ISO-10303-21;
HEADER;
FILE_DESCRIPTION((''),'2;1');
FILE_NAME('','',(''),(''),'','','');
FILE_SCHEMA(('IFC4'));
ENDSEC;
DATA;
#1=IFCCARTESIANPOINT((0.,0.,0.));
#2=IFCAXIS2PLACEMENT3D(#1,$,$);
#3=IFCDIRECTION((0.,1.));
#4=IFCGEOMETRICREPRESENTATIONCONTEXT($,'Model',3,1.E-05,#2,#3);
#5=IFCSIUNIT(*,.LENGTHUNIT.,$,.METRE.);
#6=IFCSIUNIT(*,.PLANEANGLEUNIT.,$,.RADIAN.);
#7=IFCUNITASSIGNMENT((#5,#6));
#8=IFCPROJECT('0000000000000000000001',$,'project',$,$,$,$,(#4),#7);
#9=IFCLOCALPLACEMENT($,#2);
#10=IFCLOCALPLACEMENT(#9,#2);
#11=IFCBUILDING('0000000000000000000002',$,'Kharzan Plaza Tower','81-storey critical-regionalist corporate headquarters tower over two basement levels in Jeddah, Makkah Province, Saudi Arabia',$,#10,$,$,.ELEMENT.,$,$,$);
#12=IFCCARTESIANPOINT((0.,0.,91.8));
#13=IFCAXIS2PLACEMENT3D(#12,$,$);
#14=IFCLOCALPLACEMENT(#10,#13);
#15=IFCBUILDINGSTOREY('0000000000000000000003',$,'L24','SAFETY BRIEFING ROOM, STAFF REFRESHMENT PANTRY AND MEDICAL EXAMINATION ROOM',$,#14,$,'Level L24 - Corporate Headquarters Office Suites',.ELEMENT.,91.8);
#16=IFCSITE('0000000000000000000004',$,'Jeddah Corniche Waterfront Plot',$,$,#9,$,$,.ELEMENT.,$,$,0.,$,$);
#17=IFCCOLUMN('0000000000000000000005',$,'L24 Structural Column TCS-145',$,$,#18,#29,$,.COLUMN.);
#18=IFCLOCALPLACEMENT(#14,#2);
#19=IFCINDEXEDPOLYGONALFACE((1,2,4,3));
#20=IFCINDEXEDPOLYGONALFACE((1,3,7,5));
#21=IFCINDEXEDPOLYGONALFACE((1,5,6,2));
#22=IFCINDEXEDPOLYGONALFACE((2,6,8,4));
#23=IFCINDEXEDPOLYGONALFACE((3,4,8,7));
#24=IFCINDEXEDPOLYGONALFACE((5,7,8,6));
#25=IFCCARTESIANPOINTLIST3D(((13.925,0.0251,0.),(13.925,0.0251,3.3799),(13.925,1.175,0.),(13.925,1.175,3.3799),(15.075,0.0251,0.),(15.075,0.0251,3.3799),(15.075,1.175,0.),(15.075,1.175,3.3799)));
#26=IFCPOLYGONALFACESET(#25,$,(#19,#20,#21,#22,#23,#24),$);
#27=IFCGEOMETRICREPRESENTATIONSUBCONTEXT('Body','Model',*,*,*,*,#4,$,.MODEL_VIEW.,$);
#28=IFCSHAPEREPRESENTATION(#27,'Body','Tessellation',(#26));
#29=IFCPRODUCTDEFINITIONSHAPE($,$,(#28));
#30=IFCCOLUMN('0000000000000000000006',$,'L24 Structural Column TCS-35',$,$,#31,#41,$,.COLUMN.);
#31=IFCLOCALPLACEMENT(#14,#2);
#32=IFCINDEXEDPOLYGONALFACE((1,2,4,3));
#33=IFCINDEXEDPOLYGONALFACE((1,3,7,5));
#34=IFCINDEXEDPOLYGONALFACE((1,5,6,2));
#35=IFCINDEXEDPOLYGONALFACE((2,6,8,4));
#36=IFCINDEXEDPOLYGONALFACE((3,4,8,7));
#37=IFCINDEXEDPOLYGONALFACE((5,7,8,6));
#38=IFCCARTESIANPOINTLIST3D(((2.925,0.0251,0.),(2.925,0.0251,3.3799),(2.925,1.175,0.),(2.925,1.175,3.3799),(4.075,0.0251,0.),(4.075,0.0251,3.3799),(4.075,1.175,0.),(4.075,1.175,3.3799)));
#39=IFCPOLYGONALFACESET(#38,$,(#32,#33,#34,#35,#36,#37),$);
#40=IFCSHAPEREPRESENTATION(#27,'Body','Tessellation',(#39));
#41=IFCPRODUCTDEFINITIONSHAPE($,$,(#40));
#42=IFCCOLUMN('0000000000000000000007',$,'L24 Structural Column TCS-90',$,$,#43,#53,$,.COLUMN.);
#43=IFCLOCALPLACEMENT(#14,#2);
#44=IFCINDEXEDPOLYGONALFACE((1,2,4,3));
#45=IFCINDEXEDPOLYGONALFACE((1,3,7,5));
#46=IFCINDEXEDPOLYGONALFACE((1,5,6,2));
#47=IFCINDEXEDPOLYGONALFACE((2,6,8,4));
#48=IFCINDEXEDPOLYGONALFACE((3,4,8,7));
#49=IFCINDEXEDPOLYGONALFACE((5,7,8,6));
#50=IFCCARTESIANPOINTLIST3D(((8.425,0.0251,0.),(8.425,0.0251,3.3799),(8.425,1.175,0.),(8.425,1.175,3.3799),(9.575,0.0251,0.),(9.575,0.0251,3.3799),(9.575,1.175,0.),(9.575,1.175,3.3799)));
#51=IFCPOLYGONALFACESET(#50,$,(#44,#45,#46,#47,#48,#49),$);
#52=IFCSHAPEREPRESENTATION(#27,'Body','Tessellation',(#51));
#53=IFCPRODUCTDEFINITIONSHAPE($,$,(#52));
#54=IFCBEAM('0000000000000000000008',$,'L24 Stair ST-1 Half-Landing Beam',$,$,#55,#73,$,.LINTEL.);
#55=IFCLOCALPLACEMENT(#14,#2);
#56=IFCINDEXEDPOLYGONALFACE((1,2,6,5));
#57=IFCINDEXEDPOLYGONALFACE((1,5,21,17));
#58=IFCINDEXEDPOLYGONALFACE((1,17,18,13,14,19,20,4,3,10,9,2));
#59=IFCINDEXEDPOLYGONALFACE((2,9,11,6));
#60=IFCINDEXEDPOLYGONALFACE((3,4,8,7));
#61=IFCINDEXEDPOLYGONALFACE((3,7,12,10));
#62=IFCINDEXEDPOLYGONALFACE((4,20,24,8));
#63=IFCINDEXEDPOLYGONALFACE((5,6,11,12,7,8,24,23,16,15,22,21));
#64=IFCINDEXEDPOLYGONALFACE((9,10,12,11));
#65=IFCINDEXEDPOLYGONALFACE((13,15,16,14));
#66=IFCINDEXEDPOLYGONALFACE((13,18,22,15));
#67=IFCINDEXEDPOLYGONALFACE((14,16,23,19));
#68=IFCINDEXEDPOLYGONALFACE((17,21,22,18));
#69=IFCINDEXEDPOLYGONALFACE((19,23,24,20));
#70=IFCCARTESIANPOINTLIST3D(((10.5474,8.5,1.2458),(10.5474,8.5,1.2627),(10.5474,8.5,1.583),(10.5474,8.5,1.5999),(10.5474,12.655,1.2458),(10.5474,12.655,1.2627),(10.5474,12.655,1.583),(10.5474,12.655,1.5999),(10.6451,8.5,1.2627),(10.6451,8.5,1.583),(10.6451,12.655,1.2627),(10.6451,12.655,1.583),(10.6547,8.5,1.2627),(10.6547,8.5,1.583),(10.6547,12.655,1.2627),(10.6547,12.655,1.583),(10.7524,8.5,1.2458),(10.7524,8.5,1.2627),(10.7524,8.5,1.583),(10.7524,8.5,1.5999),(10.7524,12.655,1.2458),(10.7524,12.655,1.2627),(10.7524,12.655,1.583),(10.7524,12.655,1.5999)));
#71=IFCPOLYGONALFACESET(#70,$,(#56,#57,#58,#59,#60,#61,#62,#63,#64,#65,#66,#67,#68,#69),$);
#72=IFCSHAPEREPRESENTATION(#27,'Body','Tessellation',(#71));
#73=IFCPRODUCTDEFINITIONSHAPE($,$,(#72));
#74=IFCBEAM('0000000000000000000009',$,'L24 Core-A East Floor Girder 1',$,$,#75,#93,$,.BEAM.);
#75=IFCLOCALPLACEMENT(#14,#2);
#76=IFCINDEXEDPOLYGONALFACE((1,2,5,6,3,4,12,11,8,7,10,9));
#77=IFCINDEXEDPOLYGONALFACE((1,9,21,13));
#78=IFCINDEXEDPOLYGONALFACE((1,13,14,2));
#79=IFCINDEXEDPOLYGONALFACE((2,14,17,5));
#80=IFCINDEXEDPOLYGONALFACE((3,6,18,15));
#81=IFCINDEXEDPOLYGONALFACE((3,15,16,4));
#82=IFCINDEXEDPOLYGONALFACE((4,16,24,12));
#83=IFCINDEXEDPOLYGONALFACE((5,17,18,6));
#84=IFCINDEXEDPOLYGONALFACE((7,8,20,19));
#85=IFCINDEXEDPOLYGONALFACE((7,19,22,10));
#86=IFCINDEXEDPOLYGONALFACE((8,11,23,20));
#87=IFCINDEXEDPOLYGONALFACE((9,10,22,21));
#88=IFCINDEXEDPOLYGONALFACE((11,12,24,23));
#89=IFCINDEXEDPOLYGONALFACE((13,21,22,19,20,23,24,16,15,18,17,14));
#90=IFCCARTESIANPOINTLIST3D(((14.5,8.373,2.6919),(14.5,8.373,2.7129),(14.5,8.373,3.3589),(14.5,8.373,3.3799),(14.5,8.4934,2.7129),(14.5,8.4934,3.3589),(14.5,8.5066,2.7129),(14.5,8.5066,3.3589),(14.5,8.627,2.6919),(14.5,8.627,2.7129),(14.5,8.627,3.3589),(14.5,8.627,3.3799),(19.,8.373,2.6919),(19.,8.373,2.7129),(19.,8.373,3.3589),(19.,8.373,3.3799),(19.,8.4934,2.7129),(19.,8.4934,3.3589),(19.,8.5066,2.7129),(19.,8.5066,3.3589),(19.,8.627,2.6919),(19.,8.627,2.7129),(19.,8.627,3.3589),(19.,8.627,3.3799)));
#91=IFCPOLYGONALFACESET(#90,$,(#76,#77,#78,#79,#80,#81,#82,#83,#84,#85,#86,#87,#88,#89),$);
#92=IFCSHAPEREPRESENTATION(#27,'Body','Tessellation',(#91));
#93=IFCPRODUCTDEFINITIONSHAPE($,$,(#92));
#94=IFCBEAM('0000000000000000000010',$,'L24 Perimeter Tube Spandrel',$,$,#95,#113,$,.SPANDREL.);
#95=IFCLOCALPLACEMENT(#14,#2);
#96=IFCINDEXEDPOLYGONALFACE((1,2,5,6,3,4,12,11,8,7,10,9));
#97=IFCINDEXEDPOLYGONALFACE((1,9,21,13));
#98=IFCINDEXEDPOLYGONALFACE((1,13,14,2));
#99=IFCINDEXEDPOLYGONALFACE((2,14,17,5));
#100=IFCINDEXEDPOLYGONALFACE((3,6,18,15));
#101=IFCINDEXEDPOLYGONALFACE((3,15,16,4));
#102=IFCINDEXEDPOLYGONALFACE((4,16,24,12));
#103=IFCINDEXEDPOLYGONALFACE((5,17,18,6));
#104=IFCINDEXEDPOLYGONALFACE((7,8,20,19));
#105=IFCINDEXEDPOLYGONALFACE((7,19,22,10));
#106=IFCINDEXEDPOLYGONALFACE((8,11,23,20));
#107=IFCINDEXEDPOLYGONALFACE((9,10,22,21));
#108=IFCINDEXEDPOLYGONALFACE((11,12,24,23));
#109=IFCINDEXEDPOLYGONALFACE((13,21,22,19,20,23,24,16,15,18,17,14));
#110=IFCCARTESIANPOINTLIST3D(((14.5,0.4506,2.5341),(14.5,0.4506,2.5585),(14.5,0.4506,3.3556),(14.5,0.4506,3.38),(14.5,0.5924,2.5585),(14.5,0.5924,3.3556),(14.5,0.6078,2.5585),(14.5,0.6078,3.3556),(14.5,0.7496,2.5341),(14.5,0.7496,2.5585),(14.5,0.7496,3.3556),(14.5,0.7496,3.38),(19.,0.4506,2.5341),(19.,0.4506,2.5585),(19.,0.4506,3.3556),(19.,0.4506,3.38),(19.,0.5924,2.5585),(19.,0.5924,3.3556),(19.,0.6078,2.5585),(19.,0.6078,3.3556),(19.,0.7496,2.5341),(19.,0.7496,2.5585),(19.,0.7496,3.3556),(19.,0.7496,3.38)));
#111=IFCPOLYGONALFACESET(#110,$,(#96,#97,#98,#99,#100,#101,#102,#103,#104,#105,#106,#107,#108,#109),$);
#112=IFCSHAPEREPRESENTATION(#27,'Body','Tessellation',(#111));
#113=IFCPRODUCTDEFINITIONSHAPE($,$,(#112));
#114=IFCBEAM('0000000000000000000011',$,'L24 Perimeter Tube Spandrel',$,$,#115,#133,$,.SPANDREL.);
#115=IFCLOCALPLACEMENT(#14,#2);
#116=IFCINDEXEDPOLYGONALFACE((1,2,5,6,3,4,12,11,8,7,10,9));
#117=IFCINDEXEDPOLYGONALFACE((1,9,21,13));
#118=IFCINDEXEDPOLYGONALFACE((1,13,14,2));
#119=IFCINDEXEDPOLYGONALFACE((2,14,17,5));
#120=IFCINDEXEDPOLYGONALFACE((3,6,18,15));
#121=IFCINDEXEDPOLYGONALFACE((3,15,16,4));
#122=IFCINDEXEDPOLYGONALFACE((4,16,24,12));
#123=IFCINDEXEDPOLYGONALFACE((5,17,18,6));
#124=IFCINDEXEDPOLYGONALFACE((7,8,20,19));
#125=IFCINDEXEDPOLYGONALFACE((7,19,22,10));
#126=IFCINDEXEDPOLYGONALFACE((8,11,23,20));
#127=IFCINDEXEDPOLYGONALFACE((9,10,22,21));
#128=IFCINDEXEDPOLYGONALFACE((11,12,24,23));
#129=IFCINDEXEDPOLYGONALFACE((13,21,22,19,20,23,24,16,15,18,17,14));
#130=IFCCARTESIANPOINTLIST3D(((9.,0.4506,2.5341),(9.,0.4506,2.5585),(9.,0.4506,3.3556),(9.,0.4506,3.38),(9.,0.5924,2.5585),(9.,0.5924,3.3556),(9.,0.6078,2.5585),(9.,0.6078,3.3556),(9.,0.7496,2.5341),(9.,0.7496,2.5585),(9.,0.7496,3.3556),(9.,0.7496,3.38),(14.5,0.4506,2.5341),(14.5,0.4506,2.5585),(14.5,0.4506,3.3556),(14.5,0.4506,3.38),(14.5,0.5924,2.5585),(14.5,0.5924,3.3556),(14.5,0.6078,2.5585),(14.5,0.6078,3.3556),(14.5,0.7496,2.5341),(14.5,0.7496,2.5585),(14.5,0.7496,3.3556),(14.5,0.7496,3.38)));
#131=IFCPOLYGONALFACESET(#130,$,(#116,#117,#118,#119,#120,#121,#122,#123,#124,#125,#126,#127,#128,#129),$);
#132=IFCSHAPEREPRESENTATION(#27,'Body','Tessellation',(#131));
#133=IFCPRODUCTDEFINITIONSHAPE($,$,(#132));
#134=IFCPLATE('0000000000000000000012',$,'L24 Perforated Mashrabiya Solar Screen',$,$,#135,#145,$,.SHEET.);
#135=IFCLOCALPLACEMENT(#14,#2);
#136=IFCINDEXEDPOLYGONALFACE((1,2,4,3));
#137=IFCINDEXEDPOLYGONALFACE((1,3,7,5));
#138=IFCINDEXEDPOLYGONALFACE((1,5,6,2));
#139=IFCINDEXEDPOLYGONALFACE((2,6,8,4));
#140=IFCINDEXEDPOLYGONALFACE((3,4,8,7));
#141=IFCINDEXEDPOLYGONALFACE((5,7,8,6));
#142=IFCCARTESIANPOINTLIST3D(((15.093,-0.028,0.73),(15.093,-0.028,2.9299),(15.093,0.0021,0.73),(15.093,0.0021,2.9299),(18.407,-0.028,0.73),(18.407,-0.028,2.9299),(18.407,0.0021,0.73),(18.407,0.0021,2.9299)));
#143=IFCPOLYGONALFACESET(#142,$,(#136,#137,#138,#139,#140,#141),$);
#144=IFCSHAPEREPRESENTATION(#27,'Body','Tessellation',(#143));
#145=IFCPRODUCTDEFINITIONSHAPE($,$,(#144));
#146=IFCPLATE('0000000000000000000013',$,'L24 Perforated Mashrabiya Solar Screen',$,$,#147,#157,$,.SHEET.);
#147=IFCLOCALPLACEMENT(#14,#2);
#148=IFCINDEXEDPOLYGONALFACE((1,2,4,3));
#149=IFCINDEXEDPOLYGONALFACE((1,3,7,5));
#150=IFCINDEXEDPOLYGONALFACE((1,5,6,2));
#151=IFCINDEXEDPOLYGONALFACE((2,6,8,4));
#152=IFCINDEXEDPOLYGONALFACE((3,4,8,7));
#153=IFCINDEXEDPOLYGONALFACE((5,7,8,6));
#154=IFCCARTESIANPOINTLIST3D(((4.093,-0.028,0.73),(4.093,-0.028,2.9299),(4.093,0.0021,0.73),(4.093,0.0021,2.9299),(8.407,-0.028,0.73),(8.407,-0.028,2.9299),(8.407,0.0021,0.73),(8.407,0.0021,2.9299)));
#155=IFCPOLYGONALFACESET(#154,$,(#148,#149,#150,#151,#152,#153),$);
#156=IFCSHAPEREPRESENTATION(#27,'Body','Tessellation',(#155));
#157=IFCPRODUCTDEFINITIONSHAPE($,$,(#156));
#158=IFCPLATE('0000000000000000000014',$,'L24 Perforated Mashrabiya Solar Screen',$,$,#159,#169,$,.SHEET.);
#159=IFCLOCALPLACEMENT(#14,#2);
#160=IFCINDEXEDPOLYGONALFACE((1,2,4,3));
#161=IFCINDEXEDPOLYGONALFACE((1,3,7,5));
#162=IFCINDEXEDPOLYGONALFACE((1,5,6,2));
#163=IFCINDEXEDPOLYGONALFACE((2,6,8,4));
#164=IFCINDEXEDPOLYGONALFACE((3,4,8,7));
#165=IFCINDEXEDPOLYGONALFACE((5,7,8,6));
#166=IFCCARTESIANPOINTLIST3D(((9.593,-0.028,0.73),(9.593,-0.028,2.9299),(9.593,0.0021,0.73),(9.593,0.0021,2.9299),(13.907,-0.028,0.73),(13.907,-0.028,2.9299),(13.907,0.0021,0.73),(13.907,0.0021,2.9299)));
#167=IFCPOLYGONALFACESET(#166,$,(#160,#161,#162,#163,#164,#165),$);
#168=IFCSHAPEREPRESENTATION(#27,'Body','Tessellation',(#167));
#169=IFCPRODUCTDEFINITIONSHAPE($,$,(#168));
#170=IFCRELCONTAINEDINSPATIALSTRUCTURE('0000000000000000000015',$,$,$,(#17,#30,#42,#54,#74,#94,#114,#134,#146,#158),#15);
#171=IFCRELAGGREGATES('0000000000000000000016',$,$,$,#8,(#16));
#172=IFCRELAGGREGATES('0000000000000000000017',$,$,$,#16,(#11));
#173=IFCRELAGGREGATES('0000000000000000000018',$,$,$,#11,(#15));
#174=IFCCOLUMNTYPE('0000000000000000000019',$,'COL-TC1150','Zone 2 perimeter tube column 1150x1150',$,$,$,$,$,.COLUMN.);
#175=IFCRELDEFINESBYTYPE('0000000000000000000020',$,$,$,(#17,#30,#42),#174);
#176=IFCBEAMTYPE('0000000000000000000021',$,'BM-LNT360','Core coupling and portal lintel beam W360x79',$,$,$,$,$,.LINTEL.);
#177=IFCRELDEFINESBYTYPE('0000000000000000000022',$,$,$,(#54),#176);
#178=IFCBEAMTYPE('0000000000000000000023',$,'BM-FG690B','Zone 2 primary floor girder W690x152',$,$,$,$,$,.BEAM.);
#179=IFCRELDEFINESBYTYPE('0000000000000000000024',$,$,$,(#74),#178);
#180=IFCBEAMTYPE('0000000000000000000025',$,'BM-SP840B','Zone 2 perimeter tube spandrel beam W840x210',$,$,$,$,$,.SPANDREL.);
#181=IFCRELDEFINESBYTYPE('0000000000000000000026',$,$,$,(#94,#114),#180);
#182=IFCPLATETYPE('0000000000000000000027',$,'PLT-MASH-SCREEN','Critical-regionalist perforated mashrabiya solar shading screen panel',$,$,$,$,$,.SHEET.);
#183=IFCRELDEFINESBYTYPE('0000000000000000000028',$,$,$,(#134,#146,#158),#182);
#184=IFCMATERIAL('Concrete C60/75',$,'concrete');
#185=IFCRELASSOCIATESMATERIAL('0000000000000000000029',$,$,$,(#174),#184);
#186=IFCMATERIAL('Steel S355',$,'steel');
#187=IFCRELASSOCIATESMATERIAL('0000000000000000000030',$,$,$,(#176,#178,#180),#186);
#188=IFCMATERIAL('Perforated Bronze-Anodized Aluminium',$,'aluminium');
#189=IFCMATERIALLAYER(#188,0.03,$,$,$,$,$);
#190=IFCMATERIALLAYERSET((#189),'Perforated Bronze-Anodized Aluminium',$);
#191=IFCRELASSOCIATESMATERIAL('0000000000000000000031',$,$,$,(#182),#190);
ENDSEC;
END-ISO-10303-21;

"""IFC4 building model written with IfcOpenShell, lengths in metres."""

from ifc_helpers import new_model, si_unit, direction, frame, origin, origin_2d, place, context, subcontext, project, spatial, rectangle, i_section, extrude, source, transform, mapped, material, layer, layer_set, material_profile, profile_set, type_object, element, save


model = new_model("IFC4")

# Units and contexts
model_context = context("Model", 3, precision=1e-05, world=origin(), true_north=direction((0.0, 1.0)))
body_context = subcontext(model_context, "Body", "Model", "MODEL_VIEW")
ifc_project = project(units=[si_unit("LENGTHUNIT", "METRE"), si_unit("PLANEANGLEUNIT", "RADIAN")], contexts=[model_context])

# Site, building, storey
site_placement = place(None, origin())
site = spatial("IfcSite", under=ifc_project, at=site_placement, Name="Jeddah Corniche Waterfront Plot", CompositionType="ELEMENT", RefElevation=0.0)
building_placement = place(site_placement, origin())
building = spatial("IfcBuilding", under=site, at=building_placement, Name="Kharzan Plaza Tower", Description="81-storey critical-regionalist corporate headquarters tower over two basement levels in Jeddah, Makkah Province, Saudi Arabia", CompositionType="ELEMENT")
storey_placement = place(building_placement, frame((0.0, 0.0, 91.8)))
storey = spatial("IfcBuildingStorey", under=building, at=storey_placement, Name="L24", Description="SAFETY BRIEFING ROOM, STAFF REFRESHMENT PANTRY AND MEDICAL EXAMINATION ROOM", LongName="Level L24 - Corporate Headquarters Office Suites", CompositionType="ELEMENT", Elevation=91.8)

# Columns
ifc_material_1 = material(Name="Concrete C60/75", Category="concrete")
ifc_material_profile_1 = material_profile(ifc_material_1, rectangle(XDim=1.1499, YDim=1.1499, at=origin_2d()), Name="RC-TC1150x1150")
ifc_profile_set_1 = profile_set([ifc_material_profile_1], Name="Concrete C60/75")
column_type = type_object("IfcColumnType", Name="COL-TC1150", Description="Zone 2 perimeter tube column 1150x1150", PredefinedType="COLUMN", material=ifc_profile_set_1)
shared_shape_1 = source(origin(), body_context, "Body", "SweptSolid", [
    extrude(rectangle(XDim=1.1499, YDim=1.1499, at=origin_2d()), origin(), (0.0, 0.0, 1.0), 3.3799),
])
for number, where, z_axis, x_axis, name in (
    (1, (14.5, 0.6001, 0.0), (0.0, 0.0, 1.0), (1.0, 0.0, 0.0), "L24 Structural Column TCS-145"),
    (2, (3.5, 0.6001, 0.0), (0.0, 0.0, 1.0), (1.0, 0.0, 0.0), "L24 Structural Column TCS-35"),
    (3, (9.0, 0.6001, 0.0), (0.0, 0.0, 1.0), (1.0, 0.0, 0.0), "L24 Structural Column TCS-90"),
):
    element("IfcColumn", number, at=place(storey_placement, frame(where, z_axis=z_axis, x_axis=x_axis)), inside=storey, type_object=column_type, Name=name, PredefinedType="COLUMN", context=body_context, shape_type="MappedRepresentation", body=[
        mapped(shared_shape_1, transform((0.0, 0.0, 0.0), x_axis=(1.0, 0.0, 0.0), y_axis=(0.0, 1.0, 0.0), z_axis=(0.0, 0.0, 1.0))),
    ])

# Beams
ifc_material_2 = material(Name="Steel S355", Category="steel")
ifc_material_profile_2 = material_profile(ifc_material_2, i_section(OverallWidth=0.2051, OverallDepth=0.354, WebThickness=0.0095, FlangeThickness=0.0168, at=origin_2d()), Name="W360x79")
ifc_profile_set_2 = profile_set([ifc_material_profile_2], Name="Steel S355")
beam_type_1 = type_object("IfcBeamType", Name="BM-LNT360", Description="Core coupling and portal lintel beam W360x79", PredefinedType="LINTEL", material=ifc_profile_set_2)
shared_shape_2 = source(origin(), body_context, "Body", "SweptSolid", [
    extrude(i_section(OverallWidth=0.2051, OverallDepth=0.354, WebThickness=0.0095, FlangeThickness=0.0168, at=origin_2d()), origin(), (0.0, 0.0, 1.0), 4.155),
])
beam_1_placement = place(storey_placement, frame((10.6499, 8.5, 1.4229), z_axis=(0.0, 1.0, 0.0), x_axis=(-1.0, 0.0, 0.0)))
element("IfcBeam", 4, at=beam_1_placement, inside=storey, type_object=beam_type_1, Name="L24 Stair ST-1 Half-Landing Beam", PredefinedType="LINTEL", context=body_context, shape_type="MappedRepresentation", body=[
    mapped(shared_shape_2, transform((0.0, 0.0, 0.0), x_axis=(1.0, 0.0, 0.0), y_axis=(0.0, 1.0, 0.0), z_axis=(0.0, 0.0, 1.0))),
])
ifc_material_profile_3 = material_profile(ifc_material_2, i_section(OverallWidth=0.2539, OverallDepth=0.688, WebThickness=0.0132, FlangeThickness=0.021, at=origin_2d()), Name="W690x152")
ifc_profile_set_3 = profile_set([ifc_material_profile_3], Name="Steel S355")
beam_type_2 = type_object("IfcBeamType", Name="BM-FG690B", Description="Zone 2 primary floor girder W690x152", PredefinedType="BEAM", material=ifc_profile_set_3)
shared_shape_3 = source(origin(), body_context, "Body", "SweptSolid", [
    extrude(i_section(OverallWidth=0.2539, OverallDepth=0.688, WebThickness=0.0132, FlangeThickness=0.021, at=origin_2d()), origin(), (0.0, 0.0, 1.0), 4.5),
])
beam_2_placement = place(storey_placement, frame((14.5, 8.5, 3.0359), z_axis=(1.0, 0.0, 0.0), x_axis=(0.0, 1.0, 0.0)))
element("IfcBeam", 5, at=beam_2_placement, inside=storey, type_object=beam_type_2, Name="L24 Core-A East Floor Girder 1", PredefinedType="BEAM", context=body_context, shape_type="MappedRepresentation", body=[
    mapped(shared_shape_3, transform((0.0, 0.0, 0.0), x_axis=(1.0, 0.0, 0.0), y_axis=(0.0, 1.0, 0.0), z_axis=(0.0, 0.0, 1.0))),
])
ifc_material_profile_4 = material_profile(ifc_material_2, i_section(OverallWidth=0.2991, OverallDepth=0.8459, WebThickness=0.0154, FlangeThickness=0.0244, at=origin_2d()), Name="W840x210")
ifc_profile_set_4 = profile_set([ifc_material_profile_4], Name="Steel S355")
beam_type_3 = type_object("IfcBeamType", Name="BM-SP840B", Description="Zone 2 perimeter tube spandrel beam W840x210", PredefinedType="SPANDREL", material=ifc_profile_set_4)
shared_shape_4 = source(origin(), body_context, "Body", "SweptSolid", [
    extrude(i_section(OverallWidth=0.2991, OverallDepth=0.8459, WebThickness=0.0154, FlangeThickness=0.0244, at=origin_2d()), origin(), (0.0, 0.0, 1.0), 4.5),
])
beam_3_placement = place(storey_placement, frame((14.5, 0.6001, 2.957), z_axis=(1.0, 0.0, 0.0), x_axis=(0.0, 1.0, 0.0)))
element("IfcBeam", 6, at=beam_3_placement, inside=storey, type_object=beam_type_3, Name="L24 Perimeter Tube Spandrel", PredefinedType="SPANDREL", context=body_context, shape_type="MappedRepresentation", body=[
    mapped(shared_shape_4, transform((0.0, 0.0, 0.0), x_axis=(1.0, 0.0, 0.0), y_axis=(0.0, 1.0, 0.0), z_axis=(0.0, 0.0, 1.0))),
])
shared_shape_5 = source(origin(), body_context, "Body", "SweptSolid", [
    extrude(i_section(OverallWidth=0.2991, OverallDepth=0.8459, WebThickness=0.0154, FlangeThickness=0.0244, at=origin_2d()), origin(), (0.0, 0.0, 1.0), 5.5),
])
beam_4_placement = place(storey_placement, frame((9.0, 0.6001, 2.957), z_axis=(1.0, 0.0, 0.0), x_axis=(0.0, 1.0, 0.0)))
element("IfcBeam", 7, at=beam_4_placement, inside=storey, type_object=beam_type_3, Name="L24 Perimeter Tube Spandrel", PredefinedType="SPANDREL", context=body_context, shape_type="MappedRepresentation", body=[
    mapped(shared_shape_5, transform((0.0, 0.0, 0.0), x_axis=(1.0, 0.0, 0.0), y_axis=(0.0, 1.0, 0.0), z_axis=(0.0, 0.0, 1.0))),
])

# Plates
ifc_material_3 = material(Name="Perforated Bronze-Anodized Aluminium", Category="aluminium")
ifc_layer_1 = layer(ifc_material_3, 0.03)
ifc_layer_set_1 = layer_set([ifc_layer_1], Name="Perforated Bronze-Anodized Aluminium")
plate_type = type_object("IfcPlateType", Name="PLT-MASH-SCREEN", Description="Critical-regionalist perforated mashrabiya solar shading screen panel", PredefinedType="SHEET", material=ifc_layer_set_1)
shared_shape_6 = source(origin(), body_context, "Body", "SweptSolid", [
    extrude(rectangle(XDim=3.314, YDim=0.03, at=origin_2d()), origin(), (0.0, 0.0, 1.0), 2.2),
])
plate_placement = place(storey_placement, frame((16.75, -0.0129, 0.73), z_axis=(0.0, 0.0, 1.0), x_axis=(1.0, 0.0, 0.0)))
element("IfcPlate", 8, at=plate_placement, inside=storey, type_object=plate_type, Name="L24 Perforated Mashrabiya Solar Screen", PredefinedType="SHEET", context=body_context, shape_type="MappedRepresentation", body=[
    mapped(shared_shape_6, transform((0.0, 0.0, 0.0), x_axis=(1.0, 0.0, 0.0), y_axis=(0.0, 1.0, 0.0), z_axis=(0.0, 0.0, 1.0))),
])
shared_shape_7 = source(origin(), body_context, "Body", "SweptSolid", [
    extrude(rectangle(XDim=4.314, YDim=0.03, at=origin_2d()), origin(), (0.0, 0.0, 1.0), 2.2),
])
for number, where, z_axis, x_axis, name in (
    (9, (6.25, -0.0129, 0.73), (0.0, 0.0, 1.0), (1.0, 0.0, 0.0), "L24 Perforated Mashrabiya Solar Screen"),
    (10, (11.75, -0.0129, 0.73), (0.0, 0.0, 1.0), (1.0, 0.0, 0.0), "L24 Perforated Mashrabiya Solar Screen"),
):
    element("IfcPlate", number, at=place(storey_placement, frame(where, z_axis=z_axis, x_axis=x_axis)), inside=storey, type_object=plate_type, Name=name, PredefinedType="SHEET", context=body_context, shape_type="MappedRepresentation", body=[
        mapped(shared_shape_7, transform((0.0, 0.0, 0.0), x_axis=(1.0, 0.0, 0.0), y_axis=(0.0, 1.0, 0.0), z_axis=(0.0, 0.0, 1.0))),
    ])

save(model, "model.ifc")
